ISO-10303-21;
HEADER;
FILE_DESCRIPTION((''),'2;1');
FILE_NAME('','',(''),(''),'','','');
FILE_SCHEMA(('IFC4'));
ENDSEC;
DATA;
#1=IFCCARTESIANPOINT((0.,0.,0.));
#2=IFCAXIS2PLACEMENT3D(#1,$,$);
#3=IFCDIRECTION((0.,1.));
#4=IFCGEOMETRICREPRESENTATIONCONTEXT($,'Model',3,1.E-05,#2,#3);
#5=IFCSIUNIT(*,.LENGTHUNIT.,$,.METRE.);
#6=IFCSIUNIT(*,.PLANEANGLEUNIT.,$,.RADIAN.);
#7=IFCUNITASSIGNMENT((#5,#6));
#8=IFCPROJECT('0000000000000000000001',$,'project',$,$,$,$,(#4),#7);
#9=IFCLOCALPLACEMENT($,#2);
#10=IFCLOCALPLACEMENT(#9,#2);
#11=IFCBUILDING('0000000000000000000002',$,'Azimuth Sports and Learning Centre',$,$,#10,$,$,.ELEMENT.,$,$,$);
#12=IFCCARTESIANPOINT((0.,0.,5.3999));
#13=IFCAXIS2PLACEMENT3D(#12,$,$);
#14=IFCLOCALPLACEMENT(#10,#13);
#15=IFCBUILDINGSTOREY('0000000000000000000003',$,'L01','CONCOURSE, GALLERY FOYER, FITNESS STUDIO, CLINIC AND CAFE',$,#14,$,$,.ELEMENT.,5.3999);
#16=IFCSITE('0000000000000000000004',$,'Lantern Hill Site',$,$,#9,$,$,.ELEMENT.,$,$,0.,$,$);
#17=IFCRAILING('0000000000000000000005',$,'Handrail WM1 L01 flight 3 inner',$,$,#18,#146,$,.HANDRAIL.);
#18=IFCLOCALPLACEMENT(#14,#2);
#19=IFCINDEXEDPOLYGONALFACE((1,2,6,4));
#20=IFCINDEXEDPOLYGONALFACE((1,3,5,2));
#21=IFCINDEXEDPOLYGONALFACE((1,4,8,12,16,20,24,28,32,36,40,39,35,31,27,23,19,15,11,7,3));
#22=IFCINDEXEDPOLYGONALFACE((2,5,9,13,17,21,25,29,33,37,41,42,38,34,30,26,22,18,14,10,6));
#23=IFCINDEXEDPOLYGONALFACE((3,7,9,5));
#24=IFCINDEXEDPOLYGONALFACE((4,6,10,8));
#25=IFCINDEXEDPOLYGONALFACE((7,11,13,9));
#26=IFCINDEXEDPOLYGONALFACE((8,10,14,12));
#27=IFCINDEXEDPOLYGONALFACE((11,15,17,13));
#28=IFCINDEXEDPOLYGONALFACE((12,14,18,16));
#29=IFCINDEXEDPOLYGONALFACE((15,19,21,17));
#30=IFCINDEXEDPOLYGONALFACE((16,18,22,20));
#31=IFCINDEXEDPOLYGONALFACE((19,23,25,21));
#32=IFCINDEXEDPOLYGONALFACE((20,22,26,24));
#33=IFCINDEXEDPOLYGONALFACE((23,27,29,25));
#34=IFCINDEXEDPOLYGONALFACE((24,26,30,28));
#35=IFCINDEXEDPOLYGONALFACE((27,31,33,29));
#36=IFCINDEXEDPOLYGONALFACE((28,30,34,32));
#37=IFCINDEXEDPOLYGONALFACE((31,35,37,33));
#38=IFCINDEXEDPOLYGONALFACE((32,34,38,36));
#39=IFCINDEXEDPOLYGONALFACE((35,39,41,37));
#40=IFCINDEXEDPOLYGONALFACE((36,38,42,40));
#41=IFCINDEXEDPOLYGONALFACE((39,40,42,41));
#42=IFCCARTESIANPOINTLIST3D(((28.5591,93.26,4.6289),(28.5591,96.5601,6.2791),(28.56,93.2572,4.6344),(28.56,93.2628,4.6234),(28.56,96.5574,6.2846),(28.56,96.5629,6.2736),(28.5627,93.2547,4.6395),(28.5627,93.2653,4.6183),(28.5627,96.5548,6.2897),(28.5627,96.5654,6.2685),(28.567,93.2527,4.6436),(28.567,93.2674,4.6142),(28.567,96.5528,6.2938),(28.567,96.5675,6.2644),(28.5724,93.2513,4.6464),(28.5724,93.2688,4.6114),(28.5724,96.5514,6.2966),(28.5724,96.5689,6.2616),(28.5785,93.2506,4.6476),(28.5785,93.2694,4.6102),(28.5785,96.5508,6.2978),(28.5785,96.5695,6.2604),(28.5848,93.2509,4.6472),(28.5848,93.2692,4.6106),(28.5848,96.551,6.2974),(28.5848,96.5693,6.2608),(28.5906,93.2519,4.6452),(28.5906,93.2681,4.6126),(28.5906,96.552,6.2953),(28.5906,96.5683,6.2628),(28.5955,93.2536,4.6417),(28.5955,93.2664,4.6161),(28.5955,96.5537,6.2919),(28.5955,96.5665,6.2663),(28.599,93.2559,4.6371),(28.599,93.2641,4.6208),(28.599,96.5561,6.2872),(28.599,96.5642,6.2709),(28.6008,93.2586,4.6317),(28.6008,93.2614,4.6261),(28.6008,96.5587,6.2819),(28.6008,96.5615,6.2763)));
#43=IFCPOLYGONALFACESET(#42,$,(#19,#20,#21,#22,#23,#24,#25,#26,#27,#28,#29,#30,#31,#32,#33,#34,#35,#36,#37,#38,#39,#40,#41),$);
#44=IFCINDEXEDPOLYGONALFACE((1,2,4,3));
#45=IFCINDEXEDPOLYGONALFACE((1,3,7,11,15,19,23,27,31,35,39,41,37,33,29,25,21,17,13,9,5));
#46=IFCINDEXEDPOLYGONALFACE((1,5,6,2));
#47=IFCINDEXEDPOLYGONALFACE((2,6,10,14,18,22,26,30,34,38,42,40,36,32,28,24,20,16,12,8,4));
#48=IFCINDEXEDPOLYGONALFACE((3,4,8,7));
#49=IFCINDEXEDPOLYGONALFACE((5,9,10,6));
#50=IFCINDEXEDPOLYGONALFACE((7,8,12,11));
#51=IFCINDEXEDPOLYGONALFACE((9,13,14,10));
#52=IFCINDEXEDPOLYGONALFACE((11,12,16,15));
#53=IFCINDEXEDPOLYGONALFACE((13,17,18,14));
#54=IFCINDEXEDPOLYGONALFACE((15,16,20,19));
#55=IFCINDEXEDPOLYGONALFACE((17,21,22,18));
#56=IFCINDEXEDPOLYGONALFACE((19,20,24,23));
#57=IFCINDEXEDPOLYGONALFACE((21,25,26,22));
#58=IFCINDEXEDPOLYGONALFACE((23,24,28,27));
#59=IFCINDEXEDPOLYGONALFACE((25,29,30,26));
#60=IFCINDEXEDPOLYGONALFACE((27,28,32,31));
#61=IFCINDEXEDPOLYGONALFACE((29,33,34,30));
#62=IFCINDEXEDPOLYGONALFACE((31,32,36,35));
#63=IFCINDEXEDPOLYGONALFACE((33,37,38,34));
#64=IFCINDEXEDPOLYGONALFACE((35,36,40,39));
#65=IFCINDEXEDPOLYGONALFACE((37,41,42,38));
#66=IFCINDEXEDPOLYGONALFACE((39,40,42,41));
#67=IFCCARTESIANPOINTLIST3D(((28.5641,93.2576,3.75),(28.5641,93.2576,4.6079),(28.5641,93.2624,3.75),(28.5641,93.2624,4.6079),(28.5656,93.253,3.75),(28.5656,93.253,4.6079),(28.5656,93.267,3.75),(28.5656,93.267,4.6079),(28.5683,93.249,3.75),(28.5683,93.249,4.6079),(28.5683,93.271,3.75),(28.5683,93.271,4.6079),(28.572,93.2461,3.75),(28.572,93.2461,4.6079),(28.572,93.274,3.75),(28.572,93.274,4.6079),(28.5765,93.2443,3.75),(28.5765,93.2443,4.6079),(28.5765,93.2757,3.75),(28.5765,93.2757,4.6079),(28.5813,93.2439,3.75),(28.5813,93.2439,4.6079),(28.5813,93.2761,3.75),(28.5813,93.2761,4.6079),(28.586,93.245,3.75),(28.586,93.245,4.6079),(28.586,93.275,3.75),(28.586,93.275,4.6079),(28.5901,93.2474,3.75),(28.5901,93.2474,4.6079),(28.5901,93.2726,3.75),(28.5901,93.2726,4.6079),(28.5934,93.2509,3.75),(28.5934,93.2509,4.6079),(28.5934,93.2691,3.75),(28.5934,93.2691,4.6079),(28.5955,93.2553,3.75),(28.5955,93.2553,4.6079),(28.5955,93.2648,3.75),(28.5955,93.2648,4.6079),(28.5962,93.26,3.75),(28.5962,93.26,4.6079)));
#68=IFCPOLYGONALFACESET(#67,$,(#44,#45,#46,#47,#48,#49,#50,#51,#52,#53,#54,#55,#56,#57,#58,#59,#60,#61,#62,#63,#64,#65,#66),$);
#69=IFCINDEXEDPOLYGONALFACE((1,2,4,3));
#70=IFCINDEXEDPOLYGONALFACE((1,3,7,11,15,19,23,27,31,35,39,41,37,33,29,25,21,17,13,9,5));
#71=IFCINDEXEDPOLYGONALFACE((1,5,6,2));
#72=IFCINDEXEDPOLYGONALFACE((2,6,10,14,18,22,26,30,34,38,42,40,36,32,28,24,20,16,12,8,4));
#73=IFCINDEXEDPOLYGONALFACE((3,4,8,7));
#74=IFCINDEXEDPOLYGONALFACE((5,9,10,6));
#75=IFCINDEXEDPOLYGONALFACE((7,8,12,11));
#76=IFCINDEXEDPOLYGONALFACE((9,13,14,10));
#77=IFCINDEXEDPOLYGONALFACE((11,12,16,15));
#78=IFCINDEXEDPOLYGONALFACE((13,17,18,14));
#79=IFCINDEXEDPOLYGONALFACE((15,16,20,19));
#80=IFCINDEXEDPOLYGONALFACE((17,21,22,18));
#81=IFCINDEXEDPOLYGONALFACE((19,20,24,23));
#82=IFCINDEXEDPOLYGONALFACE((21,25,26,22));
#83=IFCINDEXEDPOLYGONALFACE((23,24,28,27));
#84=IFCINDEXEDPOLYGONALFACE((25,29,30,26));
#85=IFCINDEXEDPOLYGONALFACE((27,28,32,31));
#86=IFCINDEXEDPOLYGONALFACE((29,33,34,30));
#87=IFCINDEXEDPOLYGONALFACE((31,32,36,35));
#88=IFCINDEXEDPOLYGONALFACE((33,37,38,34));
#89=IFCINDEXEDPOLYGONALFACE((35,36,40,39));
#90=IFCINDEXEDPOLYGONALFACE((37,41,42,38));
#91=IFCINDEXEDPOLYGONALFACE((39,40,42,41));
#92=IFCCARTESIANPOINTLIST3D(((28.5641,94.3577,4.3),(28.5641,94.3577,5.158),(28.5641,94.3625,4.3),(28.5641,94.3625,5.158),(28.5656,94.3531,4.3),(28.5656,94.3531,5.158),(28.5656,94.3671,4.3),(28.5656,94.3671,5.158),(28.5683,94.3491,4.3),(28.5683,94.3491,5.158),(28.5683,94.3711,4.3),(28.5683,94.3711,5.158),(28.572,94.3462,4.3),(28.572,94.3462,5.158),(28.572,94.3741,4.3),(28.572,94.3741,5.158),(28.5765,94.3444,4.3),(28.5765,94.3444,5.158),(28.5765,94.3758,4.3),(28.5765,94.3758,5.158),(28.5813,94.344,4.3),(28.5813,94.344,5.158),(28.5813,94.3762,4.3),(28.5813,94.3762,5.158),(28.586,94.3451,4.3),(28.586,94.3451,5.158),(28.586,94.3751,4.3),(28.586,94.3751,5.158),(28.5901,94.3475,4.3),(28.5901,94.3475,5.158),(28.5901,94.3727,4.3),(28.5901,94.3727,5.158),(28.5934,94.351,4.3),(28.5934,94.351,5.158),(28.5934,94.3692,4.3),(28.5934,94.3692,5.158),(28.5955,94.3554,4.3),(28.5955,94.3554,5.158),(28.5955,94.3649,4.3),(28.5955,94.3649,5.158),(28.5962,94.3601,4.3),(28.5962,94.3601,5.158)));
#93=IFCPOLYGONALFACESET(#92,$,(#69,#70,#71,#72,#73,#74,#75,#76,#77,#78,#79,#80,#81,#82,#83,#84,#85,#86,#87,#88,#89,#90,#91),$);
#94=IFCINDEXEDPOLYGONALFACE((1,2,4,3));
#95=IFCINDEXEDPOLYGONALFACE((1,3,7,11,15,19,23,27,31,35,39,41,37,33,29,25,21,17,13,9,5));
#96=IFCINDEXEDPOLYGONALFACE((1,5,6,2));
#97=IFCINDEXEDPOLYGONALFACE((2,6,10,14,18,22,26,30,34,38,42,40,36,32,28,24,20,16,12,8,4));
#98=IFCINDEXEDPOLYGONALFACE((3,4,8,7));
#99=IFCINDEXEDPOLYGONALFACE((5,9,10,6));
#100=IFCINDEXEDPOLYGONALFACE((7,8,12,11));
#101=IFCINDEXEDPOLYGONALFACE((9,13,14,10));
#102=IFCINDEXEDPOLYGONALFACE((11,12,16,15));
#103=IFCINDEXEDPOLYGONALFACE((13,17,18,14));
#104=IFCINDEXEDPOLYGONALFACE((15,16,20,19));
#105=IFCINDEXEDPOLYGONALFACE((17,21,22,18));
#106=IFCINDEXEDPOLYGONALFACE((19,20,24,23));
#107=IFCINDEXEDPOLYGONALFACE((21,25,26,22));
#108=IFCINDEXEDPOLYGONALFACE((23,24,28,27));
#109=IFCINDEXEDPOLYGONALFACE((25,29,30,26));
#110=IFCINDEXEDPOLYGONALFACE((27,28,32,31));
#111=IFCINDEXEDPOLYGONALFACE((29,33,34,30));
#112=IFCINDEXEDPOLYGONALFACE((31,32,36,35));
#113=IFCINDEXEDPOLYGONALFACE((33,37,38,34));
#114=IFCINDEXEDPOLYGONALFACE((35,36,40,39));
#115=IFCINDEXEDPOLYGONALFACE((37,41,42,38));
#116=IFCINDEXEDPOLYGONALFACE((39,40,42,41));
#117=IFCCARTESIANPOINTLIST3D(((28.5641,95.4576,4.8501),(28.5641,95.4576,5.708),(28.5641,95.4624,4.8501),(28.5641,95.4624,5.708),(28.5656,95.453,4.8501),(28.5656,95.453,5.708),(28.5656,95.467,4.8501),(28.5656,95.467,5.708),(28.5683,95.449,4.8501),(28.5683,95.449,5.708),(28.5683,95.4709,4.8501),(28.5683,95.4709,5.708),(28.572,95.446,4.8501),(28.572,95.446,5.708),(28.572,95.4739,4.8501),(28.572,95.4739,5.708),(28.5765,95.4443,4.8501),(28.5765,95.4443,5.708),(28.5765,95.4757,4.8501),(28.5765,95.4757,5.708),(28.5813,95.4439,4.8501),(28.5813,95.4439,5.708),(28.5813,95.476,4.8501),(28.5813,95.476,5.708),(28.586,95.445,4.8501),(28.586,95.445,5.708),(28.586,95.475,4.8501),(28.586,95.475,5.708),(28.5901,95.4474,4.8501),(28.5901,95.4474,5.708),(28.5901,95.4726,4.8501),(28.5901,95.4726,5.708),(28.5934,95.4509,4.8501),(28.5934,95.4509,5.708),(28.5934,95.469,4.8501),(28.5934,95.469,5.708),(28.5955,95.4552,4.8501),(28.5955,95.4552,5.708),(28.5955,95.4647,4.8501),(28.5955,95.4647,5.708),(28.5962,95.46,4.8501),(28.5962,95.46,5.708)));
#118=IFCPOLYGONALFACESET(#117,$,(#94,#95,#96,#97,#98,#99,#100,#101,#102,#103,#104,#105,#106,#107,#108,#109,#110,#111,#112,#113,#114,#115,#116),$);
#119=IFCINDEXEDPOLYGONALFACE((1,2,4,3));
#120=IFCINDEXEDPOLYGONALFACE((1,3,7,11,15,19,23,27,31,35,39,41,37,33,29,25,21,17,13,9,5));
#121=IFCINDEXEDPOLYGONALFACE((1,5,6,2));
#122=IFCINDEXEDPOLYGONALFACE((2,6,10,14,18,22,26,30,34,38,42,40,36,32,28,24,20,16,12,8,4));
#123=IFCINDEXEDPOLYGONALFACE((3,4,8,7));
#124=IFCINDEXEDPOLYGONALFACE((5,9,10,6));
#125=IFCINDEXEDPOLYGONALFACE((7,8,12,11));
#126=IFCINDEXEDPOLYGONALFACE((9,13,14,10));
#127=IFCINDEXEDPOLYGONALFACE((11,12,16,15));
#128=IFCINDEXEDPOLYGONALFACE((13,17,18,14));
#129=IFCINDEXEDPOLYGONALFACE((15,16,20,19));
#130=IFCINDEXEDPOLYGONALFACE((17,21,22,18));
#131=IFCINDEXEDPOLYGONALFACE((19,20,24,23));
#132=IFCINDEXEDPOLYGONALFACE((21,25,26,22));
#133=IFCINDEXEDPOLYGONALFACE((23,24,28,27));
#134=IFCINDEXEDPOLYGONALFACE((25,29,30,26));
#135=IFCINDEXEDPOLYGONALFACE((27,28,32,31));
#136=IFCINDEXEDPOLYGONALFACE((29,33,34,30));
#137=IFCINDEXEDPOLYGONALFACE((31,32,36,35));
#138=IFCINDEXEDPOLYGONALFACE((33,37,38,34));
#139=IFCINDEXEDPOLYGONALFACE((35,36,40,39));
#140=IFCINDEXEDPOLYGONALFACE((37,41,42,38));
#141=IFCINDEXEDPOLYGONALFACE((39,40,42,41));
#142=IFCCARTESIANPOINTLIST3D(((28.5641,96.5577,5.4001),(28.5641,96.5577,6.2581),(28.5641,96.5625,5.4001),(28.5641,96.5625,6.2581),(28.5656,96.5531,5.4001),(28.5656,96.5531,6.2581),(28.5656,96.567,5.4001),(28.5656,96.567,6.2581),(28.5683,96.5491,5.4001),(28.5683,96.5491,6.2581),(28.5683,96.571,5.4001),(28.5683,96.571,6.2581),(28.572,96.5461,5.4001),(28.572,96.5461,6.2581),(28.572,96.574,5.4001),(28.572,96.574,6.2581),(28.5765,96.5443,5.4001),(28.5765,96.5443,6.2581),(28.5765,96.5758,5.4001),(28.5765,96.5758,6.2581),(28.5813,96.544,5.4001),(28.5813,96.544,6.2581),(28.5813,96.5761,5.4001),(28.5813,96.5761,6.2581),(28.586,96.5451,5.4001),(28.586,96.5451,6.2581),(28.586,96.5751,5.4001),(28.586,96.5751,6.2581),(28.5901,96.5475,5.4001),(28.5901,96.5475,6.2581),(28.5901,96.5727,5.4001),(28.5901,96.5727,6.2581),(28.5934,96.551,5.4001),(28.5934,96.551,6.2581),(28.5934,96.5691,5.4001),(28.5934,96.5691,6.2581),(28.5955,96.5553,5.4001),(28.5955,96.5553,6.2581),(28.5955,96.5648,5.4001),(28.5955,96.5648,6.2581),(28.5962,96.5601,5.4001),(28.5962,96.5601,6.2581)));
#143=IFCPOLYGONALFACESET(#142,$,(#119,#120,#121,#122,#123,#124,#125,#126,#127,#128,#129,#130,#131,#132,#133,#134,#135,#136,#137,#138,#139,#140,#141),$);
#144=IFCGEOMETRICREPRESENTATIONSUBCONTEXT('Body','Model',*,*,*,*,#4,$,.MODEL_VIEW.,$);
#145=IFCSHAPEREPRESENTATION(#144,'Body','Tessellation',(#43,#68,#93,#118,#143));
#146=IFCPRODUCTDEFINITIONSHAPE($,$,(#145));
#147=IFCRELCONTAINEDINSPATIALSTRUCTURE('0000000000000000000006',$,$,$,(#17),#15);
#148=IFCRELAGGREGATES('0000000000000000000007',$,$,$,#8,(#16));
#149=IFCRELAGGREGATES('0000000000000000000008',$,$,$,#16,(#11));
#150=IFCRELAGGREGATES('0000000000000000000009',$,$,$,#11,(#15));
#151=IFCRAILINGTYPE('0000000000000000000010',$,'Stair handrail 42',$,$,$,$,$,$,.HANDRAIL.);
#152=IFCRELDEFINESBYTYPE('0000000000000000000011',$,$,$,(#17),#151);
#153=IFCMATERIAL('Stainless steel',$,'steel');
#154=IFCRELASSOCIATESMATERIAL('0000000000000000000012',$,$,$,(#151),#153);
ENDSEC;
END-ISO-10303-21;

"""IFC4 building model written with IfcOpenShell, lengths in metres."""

from ifc_helpers import new_model, si_unit, direction, frame, origin, origin_2d, place, context, subcontext, project, spatial, circle, extrude, material, type_object, element, save


model = new_model("IFC4")

# Units and contexts
model_context = context("Model", 3, precision=1e-05, world=origin(), true_north=direction((0.0, 1.0)))
body_context = subcontext(model_context, "Body", "Model", "MODEL_VIEW")
ifc_project = project(units=[si_unit("LENGTHUNIT", "METRE"), si_unit("PLANEANGLEUNIT", "RADIAN")], contexts=[model_context])

# Site, building, storey
site_placement = place(None, origin())
site = spatial("IfcSite", under=ifc_project, at=site_placement, Name="Lantern Hill Site", CompositionType="ELEMENT", RefElevation=0.0)
building_placement = place(site_placement, origin())
building = spatial("IfcBuilding", under=site, at=building_placement, Name="Azimuth Sports and Learning Centre", CompositionType="ELEMENT")
storey_placement = place(building_placement, frame((0.0, 0.0, 5.3999)))
storey = spatial("IfcBuildingStorey", under=building, at=storey_placement, Name="L01", Description="CONCOURSE, GALLERY FOYER, FITNESS STUDIO, CLINIC AND CAFE", CompositionType="ELEMENT", Elevation=5.3999)

# Railing
ifc_material_1 = material(Name="Stainless steel", Category="steel")
railing_type = type_object("IfcRailingType", Name="Stair handrail 42", PredefinedType="HANDRAIL", material=ifc_material_1)
for number, where, name in (
    (1, (28.5801, 93.26, 3.75), "Handrail WM1 L01 flight 3 inner"),
):
    element("IfcRailing", number, at=place(storey_placement, frame(where)), inside=storey, type_object=railing_type, Name=name, PredefinedType="HANDRAIL", context=body_context, shape_type="SweptSolid", body=[
        extrude(circle(Radius=0.021, at=origin_2d()), frame((0.0, 0.0, 0.8789), z_axis=(0.0, 0.894414, 0.44724), x_axis=(-1.0, 0.0, 0.0)), (0.0, 0.0, 1.0), 3.6897),
        extrude(circle(Radius=0.0161, at=origin_2d()), origin(), (0.0, 0.0, 1.0), 0.8579),
        extrude(circle(Radius=0.0161, at=origin_2d()), frame((0.0, 1.1001, 0.55)), (0.0, 0.0, 1.0), 0.8579),
        extrude(circle(Radius=0.0161, at=origin_2d()), frame((0.0, 2.2, 1.1001)), (0.0, 0.0, 1.0), 0.8579),
        extrude(circle(Radius=0.0161, at=origin_2d()), frame((0.0, 3.3, 1.6501)), (0.0, 0.0, 1.0), 0.8579),
    ])

save(model, "model.ifc")
